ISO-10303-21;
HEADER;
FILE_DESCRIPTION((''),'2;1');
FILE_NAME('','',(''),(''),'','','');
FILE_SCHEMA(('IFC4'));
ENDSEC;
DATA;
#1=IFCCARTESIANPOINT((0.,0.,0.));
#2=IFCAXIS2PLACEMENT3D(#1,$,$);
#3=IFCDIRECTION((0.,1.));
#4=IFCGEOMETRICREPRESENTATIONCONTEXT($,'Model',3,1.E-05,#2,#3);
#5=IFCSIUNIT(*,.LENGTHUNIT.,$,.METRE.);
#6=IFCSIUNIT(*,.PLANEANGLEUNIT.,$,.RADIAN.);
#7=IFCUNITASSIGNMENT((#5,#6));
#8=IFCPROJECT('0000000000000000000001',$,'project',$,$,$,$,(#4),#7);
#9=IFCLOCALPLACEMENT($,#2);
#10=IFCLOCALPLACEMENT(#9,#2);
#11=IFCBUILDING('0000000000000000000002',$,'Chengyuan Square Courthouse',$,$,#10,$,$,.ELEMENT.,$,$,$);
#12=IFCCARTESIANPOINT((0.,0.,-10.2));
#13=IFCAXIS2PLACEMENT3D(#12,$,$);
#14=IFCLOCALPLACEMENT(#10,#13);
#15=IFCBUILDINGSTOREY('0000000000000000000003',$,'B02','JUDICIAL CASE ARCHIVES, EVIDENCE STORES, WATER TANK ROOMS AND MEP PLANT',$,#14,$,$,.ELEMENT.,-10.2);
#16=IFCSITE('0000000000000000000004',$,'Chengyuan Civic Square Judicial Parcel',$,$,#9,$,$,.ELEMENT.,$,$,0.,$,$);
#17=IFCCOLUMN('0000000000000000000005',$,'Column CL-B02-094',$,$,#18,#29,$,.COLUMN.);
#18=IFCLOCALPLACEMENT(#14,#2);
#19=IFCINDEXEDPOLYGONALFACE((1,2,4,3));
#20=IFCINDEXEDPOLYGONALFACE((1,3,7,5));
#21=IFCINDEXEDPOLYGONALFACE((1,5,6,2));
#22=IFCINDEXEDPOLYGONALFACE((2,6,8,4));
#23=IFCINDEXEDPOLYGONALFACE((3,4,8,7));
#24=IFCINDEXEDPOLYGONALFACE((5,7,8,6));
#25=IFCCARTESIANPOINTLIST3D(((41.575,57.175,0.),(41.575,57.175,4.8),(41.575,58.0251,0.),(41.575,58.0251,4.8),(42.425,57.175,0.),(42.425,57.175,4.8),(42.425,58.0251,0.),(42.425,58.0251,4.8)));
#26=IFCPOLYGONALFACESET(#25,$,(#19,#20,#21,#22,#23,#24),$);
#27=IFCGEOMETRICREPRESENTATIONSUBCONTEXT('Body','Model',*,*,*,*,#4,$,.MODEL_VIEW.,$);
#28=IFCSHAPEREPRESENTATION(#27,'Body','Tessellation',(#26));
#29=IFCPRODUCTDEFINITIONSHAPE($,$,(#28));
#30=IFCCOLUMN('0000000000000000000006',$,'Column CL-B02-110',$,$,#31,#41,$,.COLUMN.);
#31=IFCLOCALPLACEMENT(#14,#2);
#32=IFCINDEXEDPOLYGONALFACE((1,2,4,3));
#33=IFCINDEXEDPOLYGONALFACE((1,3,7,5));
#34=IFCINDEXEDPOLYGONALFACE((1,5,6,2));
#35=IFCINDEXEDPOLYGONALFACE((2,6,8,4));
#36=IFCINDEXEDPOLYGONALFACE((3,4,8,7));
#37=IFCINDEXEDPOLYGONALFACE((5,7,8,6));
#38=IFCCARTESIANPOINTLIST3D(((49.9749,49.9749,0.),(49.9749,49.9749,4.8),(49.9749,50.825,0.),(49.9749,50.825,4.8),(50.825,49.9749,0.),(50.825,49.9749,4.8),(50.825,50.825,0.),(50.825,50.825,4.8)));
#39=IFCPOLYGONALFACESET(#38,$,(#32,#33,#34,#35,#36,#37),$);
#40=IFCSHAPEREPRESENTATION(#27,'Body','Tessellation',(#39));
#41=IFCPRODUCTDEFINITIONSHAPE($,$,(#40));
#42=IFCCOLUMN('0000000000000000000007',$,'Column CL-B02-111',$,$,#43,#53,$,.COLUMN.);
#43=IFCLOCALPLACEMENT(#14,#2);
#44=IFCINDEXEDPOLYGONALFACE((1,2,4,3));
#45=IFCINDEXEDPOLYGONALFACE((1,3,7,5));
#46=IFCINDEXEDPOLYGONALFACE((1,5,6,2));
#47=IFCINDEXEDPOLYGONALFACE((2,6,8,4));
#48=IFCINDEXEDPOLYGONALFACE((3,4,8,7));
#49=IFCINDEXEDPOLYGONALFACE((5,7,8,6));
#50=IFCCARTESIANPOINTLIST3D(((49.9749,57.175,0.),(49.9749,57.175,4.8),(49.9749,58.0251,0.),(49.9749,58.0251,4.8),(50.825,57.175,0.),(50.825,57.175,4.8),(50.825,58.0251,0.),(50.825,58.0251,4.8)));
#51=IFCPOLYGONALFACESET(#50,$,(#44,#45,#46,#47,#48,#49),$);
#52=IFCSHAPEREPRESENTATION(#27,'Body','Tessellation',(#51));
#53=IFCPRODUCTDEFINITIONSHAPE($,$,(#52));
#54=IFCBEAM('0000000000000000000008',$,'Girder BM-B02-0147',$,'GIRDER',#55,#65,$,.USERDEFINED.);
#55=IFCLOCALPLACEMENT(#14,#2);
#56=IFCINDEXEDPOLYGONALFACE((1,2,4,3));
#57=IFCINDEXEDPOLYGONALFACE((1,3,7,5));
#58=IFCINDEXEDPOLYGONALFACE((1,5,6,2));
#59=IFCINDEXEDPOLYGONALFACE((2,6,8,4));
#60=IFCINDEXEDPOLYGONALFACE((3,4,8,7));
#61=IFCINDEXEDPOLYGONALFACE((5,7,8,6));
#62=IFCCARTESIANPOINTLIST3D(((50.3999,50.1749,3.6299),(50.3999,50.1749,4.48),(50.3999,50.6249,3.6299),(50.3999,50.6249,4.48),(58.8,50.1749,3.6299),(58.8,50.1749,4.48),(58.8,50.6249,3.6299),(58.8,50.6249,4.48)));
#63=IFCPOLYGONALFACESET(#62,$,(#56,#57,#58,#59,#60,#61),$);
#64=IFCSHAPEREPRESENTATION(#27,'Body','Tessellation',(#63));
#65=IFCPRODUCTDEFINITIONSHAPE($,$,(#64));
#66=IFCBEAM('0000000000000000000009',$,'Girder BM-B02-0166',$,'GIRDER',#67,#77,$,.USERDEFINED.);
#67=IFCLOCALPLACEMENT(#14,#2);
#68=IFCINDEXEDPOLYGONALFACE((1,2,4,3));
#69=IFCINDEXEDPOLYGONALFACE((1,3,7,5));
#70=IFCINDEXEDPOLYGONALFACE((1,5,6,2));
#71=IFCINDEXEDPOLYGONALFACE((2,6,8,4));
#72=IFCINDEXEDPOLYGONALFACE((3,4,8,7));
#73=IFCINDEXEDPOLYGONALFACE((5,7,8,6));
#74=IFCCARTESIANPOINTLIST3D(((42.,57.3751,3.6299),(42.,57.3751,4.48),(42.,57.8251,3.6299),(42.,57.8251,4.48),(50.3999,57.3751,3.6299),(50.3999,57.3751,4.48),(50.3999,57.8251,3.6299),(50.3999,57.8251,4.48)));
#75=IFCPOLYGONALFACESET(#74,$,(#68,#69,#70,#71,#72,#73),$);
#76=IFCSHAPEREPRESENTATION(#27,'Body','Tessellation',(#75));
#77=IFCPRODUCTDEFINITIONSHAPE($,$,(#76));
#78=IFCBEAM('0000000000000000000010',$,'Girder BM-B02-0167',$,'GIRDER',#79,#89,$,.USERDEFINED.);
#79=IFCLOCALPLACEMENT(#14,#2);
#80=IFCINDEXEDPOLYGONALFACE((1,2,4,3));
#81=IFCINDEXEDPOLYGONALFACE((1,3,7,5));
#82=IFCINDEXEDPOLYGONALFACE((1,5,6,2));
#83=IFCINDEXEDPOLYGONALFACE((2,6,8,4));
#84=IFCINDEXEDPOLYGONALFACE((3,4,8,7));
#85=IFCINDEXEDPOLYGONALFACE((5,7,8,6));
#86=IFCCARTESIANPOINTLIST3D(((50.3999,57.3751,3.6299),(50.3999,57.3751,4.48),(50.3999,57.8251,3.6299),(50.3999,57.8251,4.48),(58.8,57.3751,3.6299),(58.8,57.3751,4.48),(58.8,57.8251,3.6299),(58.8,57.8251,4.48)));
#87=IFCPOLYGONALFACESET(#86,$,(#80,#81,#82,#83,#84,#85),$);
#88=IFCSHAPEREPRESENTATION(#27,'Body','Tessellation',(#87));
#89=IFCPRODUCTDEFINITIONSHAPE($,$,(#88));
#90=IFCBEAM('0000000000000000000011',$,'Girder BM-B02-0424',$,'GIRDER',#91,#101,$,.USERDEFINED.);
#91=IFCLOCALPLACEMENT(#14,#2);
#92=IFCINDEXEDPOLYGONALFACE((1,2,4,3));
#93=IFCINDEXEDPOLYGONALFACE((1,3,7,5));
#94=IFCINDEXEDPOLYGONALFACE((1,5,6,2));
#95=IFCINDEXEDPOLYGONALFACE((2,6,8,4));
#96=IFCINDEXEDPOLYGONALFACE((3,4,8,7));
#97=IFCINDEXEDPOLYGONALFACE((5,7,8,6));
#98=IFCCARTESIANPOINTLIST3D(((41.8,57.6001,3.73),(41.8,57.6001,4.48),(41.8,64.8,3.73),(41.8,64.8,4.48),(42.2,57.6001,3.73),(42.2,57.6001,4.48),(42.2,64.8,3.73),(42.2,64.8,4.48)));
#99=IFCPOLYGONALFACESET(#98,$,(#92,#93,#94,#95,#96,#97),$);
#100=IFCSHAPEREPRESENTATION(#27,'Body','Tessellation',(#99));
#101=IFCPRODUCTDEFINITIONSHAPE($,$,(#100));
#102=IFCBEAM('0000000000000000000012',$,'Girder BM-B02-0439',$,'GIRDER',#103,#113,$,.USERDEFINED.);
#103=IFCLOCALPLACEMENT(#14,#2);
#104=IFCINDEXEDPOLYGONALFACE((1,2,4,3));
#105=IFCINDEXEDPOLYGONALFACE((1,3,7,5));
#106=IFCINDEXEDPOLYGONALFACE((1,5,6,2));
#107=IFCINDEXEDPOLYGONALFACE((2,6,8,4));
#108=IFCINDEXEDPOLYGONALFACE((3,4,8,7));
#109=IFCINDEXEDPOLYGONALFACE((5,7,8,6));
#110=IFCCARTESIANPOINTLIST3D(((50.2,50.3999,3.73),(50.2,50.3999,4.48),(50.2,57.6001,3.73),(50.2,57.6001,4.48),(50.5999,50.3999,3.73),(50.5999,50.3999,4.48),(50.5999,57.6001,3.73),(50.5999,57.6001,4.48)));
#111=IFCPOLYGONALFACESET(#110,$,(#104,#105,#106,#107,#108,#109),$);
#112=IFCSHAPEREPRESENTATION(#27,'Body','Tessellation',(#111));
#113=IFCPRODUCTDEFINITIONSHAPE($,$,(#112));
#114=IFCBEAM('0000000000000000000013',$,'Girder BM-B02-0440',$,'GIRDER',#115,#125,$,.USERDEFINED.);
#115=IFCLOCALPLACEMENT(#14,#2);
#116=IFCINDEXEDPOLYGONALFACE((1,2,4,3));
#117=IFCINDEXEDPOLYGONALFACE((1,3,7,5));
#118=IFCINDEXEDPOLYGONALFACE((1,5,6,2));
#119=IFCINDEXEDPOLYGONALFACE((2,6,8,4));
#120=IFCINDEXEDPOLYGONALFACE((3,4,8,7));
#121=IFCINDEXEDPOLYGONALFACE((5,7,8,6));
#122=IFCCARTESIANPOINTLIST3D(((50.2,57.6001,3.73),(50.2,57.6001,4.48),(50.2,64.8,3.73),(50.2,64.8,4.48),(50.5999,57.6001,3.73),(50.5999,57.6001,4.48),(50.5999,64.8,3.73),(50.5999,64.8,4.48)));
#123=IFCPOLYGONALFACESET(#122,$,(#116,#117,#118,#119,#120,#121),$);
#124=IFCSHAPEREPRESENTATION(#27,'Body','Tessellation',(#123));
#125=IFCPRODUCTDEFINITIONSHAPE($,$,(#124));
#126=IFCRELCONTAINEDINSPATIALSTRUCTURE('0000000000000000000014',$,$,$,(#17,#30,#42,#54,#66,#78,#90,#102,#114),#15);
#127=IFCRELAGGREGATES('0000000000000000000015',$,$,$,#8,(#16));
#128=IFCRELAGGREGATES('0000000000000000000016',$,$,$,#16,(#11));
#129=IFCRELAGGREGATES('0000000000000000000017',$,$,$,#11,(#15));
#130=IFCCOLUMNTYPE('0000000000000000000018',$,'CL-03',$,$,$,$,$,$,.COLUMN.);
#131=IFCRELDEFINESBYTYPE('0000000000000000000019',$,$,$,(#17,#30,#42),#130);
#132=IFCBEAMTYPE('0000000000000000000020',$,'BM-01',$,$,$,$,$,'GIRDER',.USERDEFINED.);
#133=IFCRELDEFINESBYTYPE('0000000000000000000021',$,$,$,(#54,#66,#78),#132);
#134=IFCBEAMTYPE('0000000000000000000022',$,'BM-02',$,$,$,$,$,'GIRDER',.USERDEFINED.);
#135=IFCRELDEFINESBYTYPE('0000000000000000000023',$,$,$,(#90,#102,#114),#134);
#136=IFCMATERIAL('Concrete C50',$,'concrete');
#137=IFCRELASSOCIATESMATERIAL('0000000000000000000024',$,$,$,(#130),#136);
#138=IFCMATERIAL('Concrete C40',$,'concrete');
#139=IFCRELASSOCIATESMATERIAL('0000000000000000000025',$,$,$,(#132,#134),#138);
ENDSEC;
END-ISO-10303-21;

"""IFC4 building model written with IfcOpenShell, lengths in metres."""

from ifc_helpers import new_model, si_unit, direction, frame, origin, origin_2d, place, context, subcontext, project, spatial, rectangle, extrude, material, material_profile, profile_set, type_object, element, save


model = new_model("IFC4")

# Units and contexts
model_context = context("Model", 3, precision=1e-05, world=origin(), true_north=direction((0.0, 1.0)))
body_context = subcontext(model_context, "Body", "Model", "MODEL_VIEW")
ifc_project = project(units=[si_unit("LENGTHUNIT", "METRE"), si_unit("PLANEANGLEUNIT", "RADIAN")], contexts=[model_context])

# Site, building, storey
site_placement = place(None, origin())
site = spatial("IfcSite", under=ifc_project, at=site_placement, Name="Chengyuan Civic Square Judicial Parcel", CompositionType="ELEMENT", RefElevation=0.0)
building_placement = place(site_placement, origin())
building = spatial("IfcBuilding", under=site, at=building_placement, Name="Chengyuan Square Courthouse", CompositionType="ELEMENT")
storey_placement = place(building_placement, frame((0.0, 0.0, -10.2)))
storey = spatial("IfcBuildingStorey", under=building, at=storey_placement, Name="B02", Description="JUDICIAL CASE ARCHIVES, EVIDENCE STORES, WATER TANK ROOMS AND MEP PLANT", CompositionType="ELEMENT", Elevation=-10.2)

# Shared definitions
ifc_material_1 = material(Name="Concrete C40", Category="concrete")

# Columns
ifc_material_2 = material(Name="Concrete C50", Category="concrete")
ifc_material_profile_1 = material_profile(ifc_material_2, rectangle(XDim=0.8501, YDim=0.8501, at=origin_2d()), Name="RC-COL-850x850")
ifc_profile_set_1 = profile_set([ifc_material_profile_1], Name="Concrete C50")
column_type = type_object("IfcColumnType", Name="CL-03", PredefinedType="COLUMN", material=ifc_profile_set_1)
for number, where, z_axis, x_axis, name in (
    (1, (42.0, 57.6001, 0.0), (0.0, 0.0, 1.0), (1.0, 0.0, 0.0), "Column CL-B02-094"),
    (2, (50.3999, 50.3999, 0.0), (0.0, 0.0, 1.0), (1.0, 0.0, 0.0), "Column CL-B02-110"),
    (3, (50.3999, 57.6001, 0.0), (0.0, 0.0, 1.0), (1.0, 0.0, 0.0), "Column CL-B02-111"),
):
    element("IfcColumn", number, at=place(storey_placement, frame(where, z_axis=z_axis, x_axis=x_axis)), inside=storey, type_object=column_type, Name=name, PredefinedType="COLUMN", context=body_context, shape_type="SweptSolid", body=[
        extrude(rectangle(XDim=0.8501, YDim=0.8501, at=origin_2d()), origin(), (0.0, 0.0, 1.0), 4.8),
    ])

# Beams
ifc_material_profile_2 = material_profile(ifc_material_1, rectangle(XDim=0.45, YDim=0.8501, at=origin_2d()), Name="RC-BM-450x850")
ifc_profile_set_2 = profile_set([ifc_material_profile_2], Name="Concrete C40")
beam_type_1 = type_object("IfcBeamType", Name="BM-01", ElementType="GIRDER", PredefinedType="USERDEFINED", material=ifc_profile_set_2)
beam_1_placement = place(storey_placement, frame((50.3999, 50.3999, 4.0549), z_axis=(1.0, 0.0, 0.0), x_axis=(0.0, 1.0, 0.0)))
element("IfcBeam", 4, at=beam_1_placement, inside=storey, type_object=beam_type_1, Name="Girder BM-B02-0147", ObjectType="GIRDER", PredefinedType="USERDEFINED", context=body_context, shape_type="SweptSolid", body=[
    extrude(rectangle(XDim=0.45, YDim=0.8501, at=origin_2d()), origin(), (0.0, 0.0, 1.0), 8.4001),
])
beam_2_placement = place(storey_placement, frame((42.0, 57.6001, 4.0549), z_axis=(1.0, 0.0, 0.0), x_axis=(0.0, 1.0, 0.0)))
element("IfcBeam", 5, at=beam_2_placement, inside=storey, type_object=beam_type_1, Name="Girder BM-B02-0166", ObjectType="GIRDER", PredefinedType="USERDEFINED", context=body_context, shape_type="SweptSolid", body=[
    extrude(rectangle(XDim=0.45, YDim=0.8501, at=origin_2d()), origin(), (0.0, 0.0, 1.0), 8.3999),
])
beam_3_placement = place(storey_placement, frame((50.3999, 57.6001, 4.0549), z_axis=(1.0, 0.0, 0.0), x_axis=(0.0, 1.0, 0.0)))
element("IfcBeam", 6, at=beam_3_placement, inside=storey, type_object=beam_type_1, Name="Girder BM-B02-0167", ObjectType="GIRDER", PredefinedType="USERDEFINED", context=body_context, shape_type="SweptSolid", body=[
    extrude(rectangle(XDim=0.45, YDim=0.8501, at=origin_2d()), origin(), (0.0, 0.0, 1.0), 8.4001),
])
ifc_material_profile_3 = material_profile(ifc_material_1, rectangle(XDim=0.3999, YDim=0.75, at=origin_2d()), Name="RC-BM-400x750")
ifc_profile_set_3 = profile_set([ifc_material_profile_3], Name="Concrete C40")
beam_type_2 = type_object("IfcBeamType", Name="BM-02", ElementType="GIRDER", PredefinedType="USERDEFINED", material=ifc_profile_set_3)
beam_4_placement = place(storey_placement, frame((42.0, 57.6001, 4.105), z_axis=(0.0, 1.0, 0.0), x_axis=(-1.0, 0.0, 0.0)))
element("IfcBeam", 7, at=beam_4_placement, inside=storey, type_object=beam_type_2, Name="Girder BM-B02-0424", ObjectType="GIRDER", PredefinedType="USERDEFINED", context=body_context, shape_type="SweptSolid", body=[
    extrude(rectangle(XDim=0.3999, YDim=0.75, at=origin_2d()), origin(), (0.0, 0.0, 1.0), 7.2),
])
beam_5_placement = place(storey_placement, frame((50.3999, 50.3999, 4.105), z_axis=(0.0, 1.0, 0.0), x_axis=(-1.0, 0.0, 0.0)))
element("IfcBeam", 8, at=beam_5_placement, inside=storey, type_object=beam_type_2, Name="Girder BM-B02-0439", ObjectType="GIRDER", PredefinedType="USERDEFINED", context=body_context, shape_type="SweptSolid", body=[
    extrude(rectangle(XDim=0.3999, YDim=0.75, at=origin_2d()), origin(), (0.0, 0.0, 1.0), 7.2002),
])
beam_6_placement = place(storey_placement, frame((50.3999, 57.6001, 4.105), z_axis=(0.0, 1.0, 0.0), x_axis=(-1.0, 0.0, 0.0)))
element("IfcBeam", 9, at=beam_6_placement, inside=storey, type_object=beam_type_2, Name="Girder BM-B02-0440", ObjectType="GIRDER", PredefinedType="USERDEFINED", context=body_context, shape_type="SweptSolid", body=[
    extrude(rectangle(XDim=0.3999, YDim=0.75, at=origin_2d()), origin(), (0.0, 0.0, 1.0), 7.2),
])

save(model, "model.ifc")
